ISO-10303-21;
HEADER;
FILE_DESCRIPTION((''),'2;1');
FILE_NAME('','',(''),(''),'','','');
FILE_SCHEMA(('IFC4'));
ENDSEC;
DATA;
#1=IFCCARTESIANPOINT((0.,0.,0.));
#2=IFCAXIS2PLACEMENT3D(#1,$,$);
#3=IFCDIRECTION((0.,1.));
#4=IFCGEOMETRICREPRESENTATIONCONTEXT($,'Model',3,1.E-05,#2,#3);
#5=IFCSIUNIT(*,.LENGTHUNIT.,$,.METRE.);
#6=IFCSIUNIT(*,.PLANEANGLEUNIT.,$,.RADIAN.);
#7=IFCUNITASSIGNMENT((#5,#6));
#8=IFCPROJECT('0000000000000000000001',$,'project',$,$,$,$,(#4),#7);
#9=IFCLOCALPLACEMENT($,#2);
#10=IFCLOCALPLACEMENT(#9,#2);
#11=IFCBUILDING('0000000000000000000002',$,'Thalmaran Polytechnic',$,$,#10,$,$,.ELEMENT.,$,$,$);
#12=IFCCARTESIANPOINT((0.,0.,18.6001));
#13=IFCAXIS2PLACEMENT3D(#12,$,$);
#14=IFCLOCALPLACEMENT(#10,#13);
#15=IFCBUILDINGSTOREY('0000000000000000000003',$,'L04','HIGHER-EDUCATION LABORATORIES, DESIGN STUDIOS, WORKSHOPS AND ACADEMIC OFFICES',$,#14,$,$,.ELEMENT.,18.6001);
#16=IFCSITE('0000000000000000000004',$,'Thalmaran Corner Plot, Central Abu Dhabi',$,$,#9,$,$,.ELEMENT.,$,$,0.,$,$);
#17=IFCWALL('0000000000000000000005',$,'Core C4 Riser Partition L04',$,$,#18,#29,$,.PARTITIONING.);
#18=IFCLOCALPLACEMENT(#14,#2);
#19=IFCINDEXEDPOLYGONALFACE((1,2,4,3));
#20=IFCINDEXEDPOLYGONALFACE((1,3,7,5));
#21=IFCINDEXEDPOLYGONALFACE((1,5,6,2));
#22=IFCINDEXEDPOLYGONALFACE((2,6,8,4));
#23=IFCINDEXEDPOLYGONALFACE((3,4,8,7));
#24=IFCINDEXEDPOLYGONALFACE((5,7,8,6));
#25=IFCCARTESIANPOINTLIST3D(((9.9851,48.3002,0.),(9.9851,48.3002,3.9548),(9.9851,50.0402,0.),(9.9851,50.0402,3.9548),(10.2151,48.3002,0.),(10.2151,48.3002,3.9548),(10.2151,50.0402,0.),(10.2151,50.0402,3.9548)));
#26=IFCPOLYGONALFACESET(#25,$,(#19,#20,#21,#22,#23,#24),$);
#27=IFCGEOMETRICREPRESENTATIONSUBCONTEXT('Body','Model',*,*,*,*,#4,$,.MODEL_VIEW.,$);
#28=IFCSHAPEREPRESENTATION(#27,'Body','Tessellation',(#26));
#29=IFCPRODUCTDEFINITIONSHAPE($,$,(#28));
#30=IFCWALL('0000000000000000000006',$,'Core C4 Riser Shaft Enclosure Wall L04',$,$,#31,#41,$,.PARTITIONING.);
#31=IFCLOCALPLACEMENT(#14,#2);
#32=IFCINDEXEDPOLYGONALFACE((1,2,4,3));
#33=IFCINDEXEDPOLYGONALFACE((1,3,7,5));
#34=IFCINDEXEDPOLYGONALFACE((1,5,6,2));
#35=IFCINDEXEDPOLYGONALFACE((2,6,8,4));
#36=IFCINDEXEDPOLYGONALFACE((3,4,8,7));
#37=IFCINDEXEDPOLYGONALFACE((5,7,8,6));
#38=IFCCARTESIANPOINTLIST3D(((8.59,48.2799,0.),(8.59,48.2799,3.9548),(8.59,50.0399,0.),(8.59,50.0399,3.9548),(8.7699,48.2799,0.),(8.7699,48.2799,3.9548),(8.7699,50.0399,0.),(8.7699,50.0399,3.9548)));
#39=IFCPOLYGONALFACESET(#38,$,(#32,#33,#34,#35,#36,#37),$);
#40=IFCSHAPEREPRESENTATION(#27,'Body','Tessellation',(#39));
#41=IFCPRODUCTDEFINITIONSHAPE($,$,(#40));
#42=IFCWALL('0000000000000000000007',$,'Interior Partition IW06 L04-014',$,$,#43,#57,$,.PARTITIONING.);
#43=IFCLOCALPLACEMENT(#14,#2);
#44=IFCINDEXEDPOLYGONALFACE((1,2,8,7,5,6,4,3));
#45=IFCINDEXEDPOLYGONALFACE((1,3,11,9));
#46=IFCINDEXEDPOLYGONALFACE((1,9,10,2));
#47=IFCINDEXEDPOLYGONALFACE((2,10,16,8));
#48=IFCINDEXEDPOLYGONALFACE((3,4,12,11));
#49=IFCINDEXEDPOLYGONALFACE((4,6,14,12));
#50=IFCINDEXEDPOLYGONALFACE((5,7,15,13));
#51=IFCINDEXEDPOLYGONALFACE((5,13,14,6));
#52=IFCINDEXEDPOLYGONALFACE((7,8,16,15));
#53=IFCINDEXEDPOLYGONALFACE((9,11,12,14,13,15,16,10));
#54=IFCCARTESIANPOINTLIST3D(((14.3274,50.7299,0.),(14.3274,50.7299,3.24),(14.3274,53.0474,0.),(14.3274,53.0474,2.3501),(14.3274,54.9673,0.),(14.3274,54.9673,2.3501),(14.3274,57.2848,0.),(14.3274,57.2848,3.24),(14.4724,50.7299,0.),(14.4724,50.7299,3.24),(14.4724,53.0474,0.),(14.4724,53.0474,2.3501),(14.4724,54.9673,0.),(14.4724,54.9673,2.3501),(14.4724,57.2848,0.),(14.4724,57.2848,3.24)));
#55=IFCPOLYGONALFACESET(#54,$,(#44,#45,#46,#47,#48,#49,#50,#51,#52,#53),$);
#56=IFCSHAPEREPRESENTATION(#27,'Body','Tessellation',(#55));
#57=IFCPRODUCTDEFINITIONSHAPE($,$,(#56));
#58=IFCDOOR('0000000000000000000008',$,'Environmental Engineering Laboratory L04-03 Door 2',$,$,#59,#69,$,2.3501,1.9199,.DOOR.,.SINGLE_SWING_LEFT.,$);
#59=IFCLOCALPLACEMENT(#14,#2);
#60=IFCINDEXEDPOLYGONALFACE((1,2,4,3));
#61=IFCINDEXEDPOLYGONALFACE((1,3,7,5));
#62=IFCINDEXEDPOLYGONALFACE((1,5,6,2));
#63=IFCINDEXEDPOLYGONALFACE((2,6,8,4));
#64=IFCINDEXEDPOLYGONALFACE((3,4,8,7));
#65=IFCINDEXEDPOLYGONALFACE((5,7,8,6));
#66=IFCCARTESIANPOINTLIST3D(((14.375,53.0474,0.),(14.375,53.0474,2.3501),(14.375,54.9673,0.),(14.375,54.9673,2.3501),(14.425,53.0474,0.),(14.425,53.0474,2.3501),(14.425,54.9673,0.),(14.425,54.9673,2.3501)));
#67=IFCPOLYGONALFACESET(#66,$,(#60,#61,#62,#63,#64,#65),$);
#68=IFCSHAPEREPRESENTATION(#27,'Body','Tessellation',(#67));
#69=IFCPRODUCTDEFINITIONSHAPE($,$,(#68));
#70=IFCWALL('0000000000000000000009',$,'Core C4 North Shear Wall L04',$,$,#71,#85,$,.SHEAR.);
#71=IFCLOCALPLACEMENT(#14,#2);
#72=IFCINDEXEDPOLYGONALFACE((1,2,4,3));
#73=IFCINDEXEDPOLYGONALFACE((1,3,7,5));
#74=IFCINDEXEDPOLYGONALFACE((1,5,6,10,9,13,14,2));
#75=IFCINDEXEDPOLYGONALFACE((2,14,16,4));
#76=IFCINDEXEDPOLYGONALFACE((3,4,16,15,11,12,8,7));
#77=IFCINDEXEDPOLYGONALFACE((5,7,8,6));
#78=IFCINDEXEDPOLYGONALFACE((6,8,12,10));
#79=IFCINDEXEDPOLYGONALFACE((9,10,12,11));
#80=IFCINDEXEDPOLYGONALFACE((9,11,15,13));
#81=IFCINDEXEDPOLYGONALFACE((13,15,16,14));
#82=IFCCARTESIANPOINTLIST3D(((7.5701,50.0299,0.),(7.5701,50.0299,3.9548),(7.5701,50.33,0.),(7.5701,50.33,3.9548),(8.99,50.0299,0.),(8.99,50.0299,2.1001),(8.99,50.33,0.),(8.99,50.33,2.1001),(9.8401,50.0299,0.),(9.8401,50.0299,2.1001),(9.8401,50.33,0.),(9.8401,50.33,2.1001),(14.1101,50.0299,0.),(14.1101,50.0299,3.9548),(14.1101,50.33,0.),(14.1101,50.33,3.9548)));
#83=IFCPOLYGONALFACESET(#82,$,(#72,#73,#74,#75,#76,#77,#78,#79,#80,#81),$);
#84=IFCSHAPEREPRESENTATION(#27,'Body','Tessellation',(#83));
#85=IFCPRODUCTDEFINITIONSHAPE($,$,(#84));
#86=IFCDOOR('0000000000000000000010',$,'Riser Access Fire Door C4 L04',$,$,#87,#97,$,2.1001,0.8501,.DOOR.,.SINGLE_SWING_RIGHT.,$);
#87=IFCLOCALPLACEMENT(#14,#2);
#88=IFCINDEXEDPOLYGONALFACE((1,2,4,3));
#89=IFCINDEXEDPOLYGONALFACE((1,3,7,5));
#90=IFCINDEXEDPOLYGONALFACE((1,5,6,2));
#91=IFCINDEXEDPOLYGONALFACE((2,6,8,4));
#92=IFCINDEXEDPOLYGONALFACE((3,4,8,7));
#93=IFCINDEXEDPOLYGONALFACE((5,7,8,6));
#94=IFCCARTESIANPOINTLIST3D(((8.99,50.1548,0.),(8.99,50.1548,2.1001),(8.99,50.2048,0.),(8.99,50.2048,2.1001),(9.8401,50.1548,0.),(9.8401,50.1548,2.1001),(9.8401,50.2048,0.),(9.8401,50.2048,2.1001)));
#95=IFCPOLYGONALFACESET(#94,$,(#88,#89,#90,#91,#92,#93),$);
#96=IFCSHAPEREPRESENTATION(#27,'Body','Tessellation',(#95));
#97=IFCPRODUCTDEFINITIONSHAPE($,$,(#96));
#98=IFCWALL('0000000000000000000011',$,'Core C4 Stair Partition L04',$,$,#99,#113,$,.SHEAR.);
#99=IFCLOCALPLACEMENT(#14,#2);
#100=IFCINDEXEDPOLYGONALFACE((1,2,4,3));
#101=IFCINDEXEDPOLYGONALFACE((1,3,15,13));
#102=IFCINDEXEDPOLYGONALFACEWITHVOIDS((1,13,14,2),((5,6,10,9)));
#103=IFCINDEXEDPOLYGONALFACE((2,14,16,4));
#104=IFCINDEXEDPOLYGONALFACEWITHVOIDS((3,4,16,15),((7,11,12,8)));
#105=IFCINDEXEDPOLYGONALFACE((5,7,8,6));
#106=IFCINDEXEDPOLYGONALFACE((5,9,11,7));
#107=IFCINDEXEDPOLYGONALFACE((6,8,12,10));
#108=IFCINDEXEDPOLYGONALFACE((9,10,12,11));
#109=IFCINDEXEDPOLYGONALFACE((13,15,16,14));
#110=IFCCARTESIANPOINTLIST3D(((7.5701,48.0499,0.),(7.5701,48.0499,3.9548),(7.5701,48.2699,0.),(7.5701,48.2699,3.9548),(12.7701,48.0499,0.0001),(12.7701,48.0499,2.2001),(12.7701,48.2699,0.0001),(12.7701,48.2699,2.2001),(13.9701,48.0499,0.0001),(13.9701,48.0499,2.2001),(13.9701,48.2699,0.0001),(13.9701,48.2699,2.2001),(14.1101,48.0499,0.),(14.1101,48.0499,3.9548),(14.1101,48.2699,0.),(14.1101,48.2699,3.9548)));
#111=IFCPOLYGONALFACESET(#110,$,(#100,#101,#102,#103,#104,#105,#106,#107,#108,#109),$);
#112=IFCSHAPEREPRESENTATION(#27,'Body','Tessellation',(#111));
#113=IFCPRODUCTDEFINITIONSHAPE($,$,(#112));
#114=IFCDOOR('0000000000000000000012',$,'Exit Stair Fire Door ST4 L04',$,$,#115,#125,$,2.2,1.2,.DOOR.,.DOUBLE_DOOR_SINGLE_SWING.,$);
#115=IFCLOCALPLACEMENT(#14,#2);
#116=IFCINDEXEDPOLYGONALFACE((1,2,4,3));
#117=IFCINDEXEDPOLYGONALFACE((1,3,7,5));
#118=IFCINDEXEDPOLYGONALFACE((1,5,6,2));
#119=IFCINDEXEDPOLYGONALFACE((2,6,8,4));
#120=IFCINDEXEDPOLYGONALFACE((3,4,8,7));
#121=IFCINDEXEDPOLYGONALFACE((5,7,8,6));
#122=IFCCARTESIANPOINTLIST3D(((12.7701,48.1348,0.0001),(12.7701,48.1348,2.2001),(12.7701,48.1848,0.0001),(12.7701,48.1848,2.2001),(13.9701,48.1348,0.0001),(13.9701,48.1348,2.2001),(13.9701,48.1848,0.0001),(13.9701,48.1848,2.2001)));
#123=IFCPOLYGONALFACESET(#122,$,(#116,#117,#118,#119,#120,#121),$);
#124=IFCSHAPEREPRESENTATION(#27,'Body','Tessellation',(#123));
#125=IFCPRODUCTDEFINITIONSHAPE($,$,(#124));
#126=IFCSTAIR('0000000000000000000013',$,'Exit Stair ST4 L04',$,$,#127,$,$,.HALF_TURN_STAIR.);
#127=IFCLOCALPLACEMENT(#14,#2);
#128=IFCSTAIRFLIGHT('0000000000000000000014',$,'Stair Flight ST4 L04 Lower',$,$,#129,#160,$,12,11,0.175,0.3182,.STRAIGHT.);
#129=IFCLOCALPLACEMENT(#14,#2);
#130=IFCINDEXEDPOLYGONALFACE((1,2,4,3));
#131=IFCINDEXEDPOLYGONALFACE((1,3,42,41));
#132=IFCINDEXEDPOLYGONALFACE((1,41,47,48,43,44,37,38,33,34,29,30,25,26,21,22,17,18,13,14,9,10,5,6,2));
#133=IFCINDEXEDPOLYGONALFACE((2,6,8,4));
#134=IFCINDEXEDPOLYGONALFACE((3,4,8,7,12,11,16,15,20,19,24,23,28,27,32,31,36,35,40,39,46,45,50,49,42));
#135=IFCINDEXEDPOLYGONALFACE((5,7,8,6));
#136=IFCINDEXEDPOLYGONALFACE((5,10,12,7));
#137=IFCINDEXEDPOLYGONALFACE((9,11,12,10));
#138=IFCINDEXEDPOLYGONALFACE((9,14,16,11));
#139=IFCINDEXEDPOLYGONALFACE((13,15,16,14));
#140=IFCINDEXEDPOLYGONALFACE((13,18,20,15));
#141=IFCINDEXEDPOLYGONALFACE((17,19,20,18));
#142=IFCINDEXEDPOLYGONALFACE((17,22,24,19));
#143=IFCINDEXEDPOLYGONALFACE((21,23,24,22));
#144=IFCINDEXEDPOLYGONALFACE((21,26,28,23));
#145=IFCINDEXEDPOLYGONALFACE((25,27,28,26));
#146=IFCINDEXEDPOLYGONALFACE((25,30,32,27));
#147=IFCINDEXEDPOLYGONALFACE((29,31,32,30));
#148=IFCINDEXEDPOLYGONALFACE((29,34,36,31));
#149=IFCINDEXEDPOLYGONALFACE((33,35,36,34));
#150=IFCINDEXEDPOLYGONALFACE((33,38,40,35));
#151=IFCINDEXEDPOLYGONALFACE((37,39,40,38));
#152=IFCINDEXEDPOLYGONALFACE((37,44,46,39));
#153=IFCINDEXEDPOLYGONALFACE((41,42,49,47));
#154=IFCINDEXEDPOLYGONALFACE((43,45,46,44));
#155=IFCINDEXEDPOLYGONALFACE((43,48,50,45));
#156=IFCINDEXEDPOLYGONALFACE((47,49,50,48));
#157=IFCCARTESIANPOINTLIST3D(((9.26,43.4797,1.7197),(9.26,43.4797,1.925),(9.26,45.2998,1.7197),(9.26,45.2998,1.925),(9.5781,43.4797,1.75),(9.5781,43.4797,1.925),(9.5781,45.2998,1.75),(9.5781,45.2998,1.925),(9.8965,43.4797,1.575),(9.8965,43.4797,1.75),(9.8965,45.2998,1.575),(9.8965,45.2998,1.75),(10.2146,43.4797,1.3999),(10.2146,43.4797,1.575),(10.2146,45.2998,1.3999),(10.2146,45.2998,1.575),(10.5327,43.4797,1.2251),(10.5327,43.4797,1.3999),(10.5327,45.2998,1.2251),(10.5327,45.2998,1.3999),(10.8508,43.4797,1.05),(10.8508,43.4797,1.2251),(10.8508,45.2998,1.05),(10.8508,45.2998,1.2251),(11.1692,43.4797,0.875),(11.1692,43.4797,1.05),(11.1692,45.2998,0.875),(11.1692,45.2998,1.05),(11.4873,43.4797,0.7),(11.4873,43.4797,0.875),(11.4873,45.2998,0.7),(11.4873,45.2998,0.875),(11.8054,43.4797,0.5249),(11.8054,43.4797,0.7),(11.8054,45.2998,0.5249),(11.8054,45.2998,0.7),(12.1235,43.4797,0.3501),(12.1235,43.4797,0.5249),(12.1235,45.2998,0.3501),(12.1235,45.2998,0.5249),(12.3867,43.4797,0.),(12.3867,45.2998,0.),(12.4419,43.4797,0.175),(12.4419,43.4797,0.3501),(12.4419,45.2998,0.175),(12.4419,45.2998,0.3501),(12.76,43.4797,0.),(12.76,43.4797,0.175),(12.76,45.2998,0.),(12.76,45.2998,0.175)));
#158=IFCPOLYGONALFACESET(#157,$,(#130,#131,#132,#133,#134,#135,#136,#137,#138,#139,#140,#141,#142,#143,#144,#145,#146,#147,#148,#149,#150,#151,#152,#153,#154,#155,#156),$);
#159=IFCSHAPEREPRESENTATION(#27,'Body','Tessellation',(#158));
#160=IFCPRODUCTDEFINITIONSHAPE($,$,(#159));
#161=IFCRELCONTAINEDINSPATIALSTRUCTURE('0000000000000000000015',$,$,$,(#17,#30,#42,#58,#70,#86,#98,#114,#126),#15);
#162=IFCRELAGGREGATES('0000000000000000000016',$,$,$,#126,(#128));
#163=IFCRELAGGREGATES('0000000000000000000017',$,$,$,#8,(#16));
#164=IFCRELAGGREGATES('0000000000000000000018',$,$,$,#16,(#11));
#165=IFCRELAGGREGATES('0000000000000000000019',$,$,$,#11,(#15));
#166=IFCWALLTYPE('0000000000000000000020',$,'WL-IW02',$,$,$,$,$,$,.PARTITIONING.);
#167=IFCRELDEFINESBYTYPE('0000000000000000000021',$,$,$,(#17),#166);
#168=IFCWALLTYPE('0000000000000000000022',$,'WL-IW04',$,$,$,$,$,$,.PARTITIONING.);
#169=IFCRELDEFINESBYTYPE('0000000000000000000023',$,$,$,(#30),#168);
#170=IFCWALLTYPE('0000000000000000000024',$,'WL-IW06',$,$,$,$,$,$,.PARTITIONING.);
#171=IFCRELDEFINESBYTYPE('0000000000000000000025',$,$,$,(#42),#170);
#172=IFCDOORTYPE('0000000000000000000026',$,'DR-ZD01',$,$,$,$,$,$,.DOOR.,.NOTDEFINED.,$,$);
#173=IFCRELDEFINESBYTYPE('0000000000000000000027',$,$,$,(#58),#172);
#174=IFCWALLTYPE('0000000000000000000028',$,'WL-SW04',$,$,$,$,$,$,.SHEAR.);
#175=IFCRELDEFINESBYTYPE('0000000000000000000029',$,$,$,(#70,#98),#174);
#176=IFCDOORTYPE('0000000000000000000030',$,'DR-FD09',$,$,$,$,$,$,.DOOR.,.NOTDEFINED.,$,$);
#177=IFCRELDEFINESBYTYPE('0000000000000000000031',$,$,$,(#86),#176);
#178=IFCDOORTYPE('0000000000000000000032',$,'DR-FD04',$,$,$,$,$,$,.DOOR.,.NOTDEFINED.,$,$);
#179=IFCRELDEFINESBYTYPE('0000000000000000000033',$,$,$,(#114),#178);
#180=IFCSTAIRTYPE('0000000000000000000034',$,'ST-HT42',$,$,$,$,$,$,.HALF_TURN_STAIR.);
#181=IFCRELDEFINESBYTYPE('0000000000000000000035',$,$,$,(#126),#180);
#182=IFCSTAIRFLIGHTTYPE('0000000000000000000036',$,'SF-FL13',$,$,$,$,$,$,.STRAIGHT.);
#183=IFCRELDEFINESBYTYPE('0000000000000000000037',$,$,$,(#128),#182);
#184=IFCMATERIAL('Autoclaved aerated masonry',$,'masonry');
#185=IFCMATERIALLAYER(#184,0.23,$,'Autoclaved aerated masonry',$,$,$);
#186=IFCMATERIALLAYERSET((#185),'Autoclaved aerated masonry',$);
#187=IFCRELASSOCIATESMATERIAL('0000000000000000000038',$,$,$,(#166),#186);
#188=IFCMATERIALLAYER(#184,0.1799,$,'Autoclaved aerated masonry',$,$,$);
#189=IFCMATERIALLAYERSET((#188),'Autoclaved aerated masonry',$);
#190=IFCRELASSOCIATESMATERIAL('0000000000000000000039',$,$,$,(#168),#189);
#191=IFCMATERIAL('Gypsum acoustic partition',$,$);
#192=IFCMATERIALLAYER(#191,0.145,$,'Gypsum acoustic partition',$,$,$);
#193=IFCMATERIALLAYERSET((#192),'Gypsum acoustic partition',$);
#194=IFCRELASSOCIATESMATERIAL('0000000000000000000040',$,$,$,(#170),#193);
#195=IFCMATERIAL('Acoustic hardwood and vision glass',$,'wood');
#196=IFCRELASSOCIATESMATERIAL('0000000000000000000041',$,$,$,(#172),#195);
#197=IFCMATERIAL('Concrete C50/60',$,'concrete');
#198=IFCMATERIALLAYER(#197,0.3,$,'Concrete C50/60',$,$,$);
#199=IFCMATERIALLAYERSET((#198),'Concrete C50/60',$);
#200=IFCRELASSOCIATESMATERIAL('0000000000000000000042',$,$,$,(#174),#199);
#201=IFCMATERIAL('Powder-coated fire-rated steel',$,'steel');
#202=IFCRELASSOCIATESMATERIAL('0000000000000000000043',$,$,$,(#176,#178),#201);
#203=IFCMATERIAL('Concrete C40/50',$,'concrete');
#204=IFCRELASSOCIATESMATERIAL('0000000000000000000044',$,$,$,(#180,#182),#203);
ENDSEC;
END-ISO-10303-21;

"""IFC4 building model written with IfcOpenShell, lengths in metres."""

from ifc_helpers import new_model, si_unit, direction, frame, frame_2d, origin, place, context, subcontext, project, spatial, polyline, rectangle, outline, extrude, material, layer, layer_set, type_object, element, fill, aggregate, save


model = new_model("IFC4")

# Units and contexts
model_context = context("Model", 3, precision=1e-05, world=origin(), true_north=direction((0.0, 1.0)))
body_context = subcontext(model_context, "Body", "Model", "MODEL_VIEW")
ifc_project = project(units=[si_unit("LENGTHUNIT", "METRE"), si_unit("PLANEANGLEUNIT", "RADIAN")], contexts=[model_context])

# Site, building, storey
site_placement = place(None, origin())
site = spatial("IfcSite", under=ifc_project, at=site_placement, Name="Thalmaran Corner Plot, Central Abu Dhabi", CompositionType="ELEMENT", RefElevation=0.0)
building_placement = place(site_placement, origin())
building = spatial("IfcBuilding", under=site, at=building_placement, Name="Thalmaran Polytechnic", CompositionType="ELEMENT")
storey_placement = place(building_placement, frame((0.0, 0.0, 18.6001)))
storey = spatial("IfcBuildingStorey", under=building, at=storey_placement, Name="L04", Description="HIGHER-EDUCATION LABORATORIES, DESIGN STUDIOS, WORKSHOPS AND ACADEMIC OFFICES", CompositionType="ELEMENT", Elevation=18.6001)

# Shared definitions
ifc_material_1 = material(Name="Concrete C40/50", Category="concrete")

# Walls
ifc_material_2 = material(Name="Autoclaved aerated masonry", Category="masonry")
ifc_layer_1 = layer(ifc_material_2, 0.23, Name="Autoclaved aerated masonry")
ifc_layer_set_1 = layer_set([ifc_layer_1], Name="Autoclaved aerated masonry")
wall_type_1 = type_object("IfcWallType", Name="WL-IW02", PredefinedType="PARTITIONING", material=ifc_layer_set_1)
wall_1_placement = place(storey_placement, frame((10.1001, 48.3, 0.0), z_axis=(0.0, 0.0, 1.0), x_axis=(0.0, 1.0, 0.0)))
element("IfcWall", 1, at=wall_1_placement, inside=storey, type_object=wall_type_1, Name="Core C4 Riser Partition L04", PredefinedType="PARTITIONING", context=body_context, shape_type="SweptSolid", body=[
    extrude(rectangle(XDim=1.74, YDim=0.23, at=frame_2d((0.8701, 0.0))), origin(), (0.0, 0.0, 1.0), 3.9548),
])
ifc_layer_2 = layer(ifc_material_2, 0.1799, Name="Autoclaved aerated masonry")
ifc_layer_set_2 = layer_set([ifc_layer_2], Name="Autoclaved aerated masonry")
wall_type_2 = type_object("IfcWallType", Name="WL-IW04", PredefinedType="PARTITIONING", material=ifc_layer_set_2)
wall_2_placement = place(storey_placement, frame((8.6799, 48.28, 0.0), z_axis=(0.0, 0.0, 1.0), x_axis=(0.0, 1.0, 0.0)))
element("IfcWall", 2, at=wall_2_placement, inside=storey, type_object=wall_type_2, Name="Core C4 Riser Shaft Enclosure Wall L04", PredefinedType="PARTITIONING", context=body_context, shape_type="SweptSolid", body=[
    extrude(rectangle(XDim=1.76, YDim=0.1799, at=frame_2d((0.8799, 0.0))), origin(), (0.0, 0.0, 1.0), 3.9548),
])

# Walls, openings, doors
ifc_material_3 = material(Name="Gypsum acoustic partition")
ifc_layer_3 = layer(ifc_material_3, 0.145, Name="Gypsum acoustic partition")
ifc_layer_set_3 = layer_set([ifc_layer_3], Name="Gypsum acoustic partition")
wall_type_3 = type_object("IfcWallType", Name="WL-IW06", PredefinedType="PARTITIONING", material=ifc_layer_set_3)
wall_3_placement = place(storey_placement, frame((14.3999, 50.73, 0.0), z_axis=(0.0, 0.0, 1.0), x_axis=(0.0, 1.0, 0.0)))
wall_3 = element("IfcWall", 3, at=wall_3_placement, inside=storey, type_object=wall_type_3, Name="Interior Partition IW06 L04-014", PredefinedType="PARTITIONING", context=body_context, shape_type="SweptSolid", body=[
    extrude(rectangle(XDim=6.5549, YDim=0.145, at=frame_2d((3.2773, 0.0))), origin(), (0.0, 0.0, 1.0), 3.24),
])
opening_1_placement = place(wall_3_placement, frame((2.3174, 0.0, 0.0)))
opening_1 = element("IfcOpeningElement", 4, at=opening_1_placement, cuts=wall_3, PredefinedType="OPENING", context=body_context, shape_type="SweptSolid", body=[
    extrude(rectangle(XDim=1.9199, YDim=2.3501, at=frame_2d((0.96, 1.175))), frame((0.0, 0.0825, 0.0), z_axis=(0.0, -1.0, 0.0), x_axis=(1.0, 0.0, 0.0)), (0.0, 0.0, 1.0), 0.165),
])
ifc_material_4 = material(Name="Acoustic hardwood and vision glass", Category="wood")
door_type_1 = type_object("IfcDoorType", Name="DR-ZD01", OperationType="NOTDEFINED", PredefinedType="DOOR", material=ifc_material_4)
door_1_placement = place(opening_1_placement, origin())
door_1 = element("IfcDoor", 5, at=door_1_placement, inside=storey, type_object=door_type_1, Name="Environmental Engineering Laboratory L04-03 Door 2", OperationType="SINGLE_SWING_LEFT", OverallHeight=2.3501, OverallWidth=1.9199, PredefinedType="DOOR", context=body_context, shape_type="SweptSolid", body=[
    extrude(rectangle(XDim=1.9199, YDim=2.3501, at=frame_2d((0.96, 1.175))), frame((0.0, 0.0249, 0.0), z_axis=(0.0, -1.0, 0.0), x_axis=(1.0, 0.0, 0.0)), (0.0, 0.0, 1.0), 0.05),
])
fill(opening_1, door_1)
ifc_material_5 = material(Name="Concrete C50/60", Category="concrete")
ifc_layer_4 = layer(ifc_material_5, 0.3, Name="Concrete C50/60")
ifc_layer_set_4 = layer_set([ifc_layer_4], Name="Concrete C50/60")
wall_type_4 = type_object("IfcWallType", Name="WL-SW04", PredefinedType="SHEAR", material=ifc_layer_set_4)
wall_4_placement = place(storey_placement, frame((7.5701, 50.1799, 0.0), z_axis=(0.0, 0.0, 1.0), x_axis=(1.0, 0.0, 0.0)))
wall_4 = element("IfcWall", 6, at=wall_4_placement, inside=storey, type_object=wall_type_4, Name="Core C4 North Shear Wall L04", PredefinedType="SHEAR", context=body_context, shape_type="SweptSolid", body=[
    extrude(rectangle(XDim=6.54, YDim=0.3, at=frame_2d((3.27, 0.0))), origin(), (0.0, 0.0, 1.0), 3.9548),
])
opening_2_placement = place(wall_4_placement, frame((1.4199, 0.0, 0.0)))
opening_2 = element("IfcOpeningElement", 7, at=opening_2_placement, cuts=wall_4, PredefinedType="OPENING", context=body_context, shape_type="SweptSolid", body=[
    extrude(rectangle(XDim=0.8501, YDim=2.1001, at=frame_2d((0.425, 1.05))), frame((0.0, 0.1599, 0.0), z_axis=(0.0, -1.0, 0.0), x_axis=(1.0, 0.0, 0.0)), (0.0, 0.0, 1.0), 0.3201),
])
ifc_material_6 = material(Name="Powder-coated fire-rated steel", Category="steel")
door_type_2 = type_object("IfcDoorType", Name="DR-FD09", OperationType="NOTDEFINED", PredefinedType="DOOR", material=ifc_material_6)
door_2_placement = place(opening_2_placement, origin())
door_2 = element("IfcDoor", 8, at=door_2_placement, inside=storey, type_object=door_type_2, Name="Riser Access Fire Door C4 L04", OperationType="SINGLE_SWING_RIGHT", OverallHeight=2.1001, OverallWidth=0.8501, PredefinedType="DOOR", context=body_context, shape_type="SweptSolid", body=[
    extrude(rectangle(XDim=0.8501, YDim=2.1001, at=frame_2d((0.425, 1.05))), frame((0.0, 0.0249, 0.0), z_axis=(0.0, -1.0, 0.0), x_axis=(1.0, 0.0, 0.0)), (0.0, 0.0, 1.0), 0.05),
])
fill(opening_2, door_2)
wall_5_placement = place(storey_placement, frame((7.5701, 48.1599, 0.0), z_axis=(0.0, 0.0, 1.0), x_axis=(1.0, 0.0, 0.0)))
wall_5 = element("IfcWall", 9, at=wall_5_placement, inside=storey, type_object=wall_type_4, Name="Core C4 Stair Partition L04", PredefinedType="SHEAR", context=body_context, shape_type="SweptSolid", body=[
    extrude(rectangle(XDim=6.54, YDim=0.22, at=frame_2d((3.27, 0.0))), origin(), (0.0, 0.0, 1.0), 3.9548),
])
opening_3_placement = place(wall_5_placement, frame((5.2, 0.0, 0.0)))
opening_3 = element("IfcOpeningElement", 10, at=opening_3_placement, cuts=wall_5, PredefinedType="OPENING", context=body_context, shape_type="SweptSolid", body=[
    extrude(rectangle(XDim=1.2, YDim=2.2, at=frame_2d((0.6001, 1.1001))), frame((0.0, 0.1199, 0.0), z_axis=(0.0, -1.0, 0.0), x_axis=(1.0, 0.0, 0.0)), (0.0, 0.0, 1.0), 0.24),
])
door_type_3 = type_object("IfcDoorType", Name="DR-FD04", OperationType="NOTDEFINED", PredefinedType="DOOR", material=ifc_material_6)
door_3_placement = place(opening_3_placement, origin())
door_3 = element("IfcDoor", 11, at=door_3_placement, inside=storey, type_object=door_type_3, Name="Exit Stair Fire Door ST4 L04", OperationType="DOUBLE_DOOR_SINGLE_SWING", OverallHeight=2.2, OverallWidth=1.2, PredefinedType="DOOR", context=body_context, shape_type="SweptSolid", body=[
    extrude(rectangle(XDim=1.2, YDim=2.2, at=frame_2d((0.6001, 1.1001))), frame((0.0, 0.0249, 0.0), z_axis=(0.0, -1.0, 0.0), x_axis=(1.0, 0.0, 0.0)), (0.0, 0.0, 1.0), 0.05),
])
fill(opening_3, door_3)

# Stair, stair flight
stair_type = type_object("IfcStairType", Name="ST-HT42", PredefinedType="HALF_TURN_STAIR", material=ifc_material_1)
stair_placement = place(storey_placement, origin())
stair = element("IfcStair", 12, at=stair_placement, inside=storey, type_object=stair_type, Name="Exit Stair ST4 L04", PredefinedType="HALF_TURN_STAIR")
stair_flight_type = type_object("IfcStairFlightType", Name="SF-FL13", PredefinedType="STRAIGHT", material=ifc_material_1)
stair_flight_1_placement = place(storey_placement, frame((12.76, 44.3899, 0.0), z_axis=(0.0, 0.0, 1.0), x_axis=(-1.0, 0.0, 0.0)))
stair_flight_1 = element("IfcStairFlight", 13, at=stair_flight_1_placement, type_object=stair_flight_type, Name="Stair Flight ST4 L04 Lower", NumberOfRisers=12, NumberOfTreads=11, PredefinedType="STRAIGHT", RiserHeight=0.175, TreadLength=0.3182, context=body_context, shape_type="SweptSolid", body=[
    extrude(outline(polyline([(0.0, 0.0), (0.0, 0.175), (0.3181, 0.175), (0.3181, 0.3501), (0.6365, 0.3501), (0.6365, 0.5249), (0.9546, 0.5249), (0.9546, 0.7), (1.2727, 0.7), (1.2727, 0.875), (1.5908, 0.875), (1.5908, 1.05), (1.9092, 1.05), (1.9092, 1.2251), (2.2273, 1.2251), (2.2273, 1.3999), (2.5454, 1.3999), (2.5454, 1.575), (2.8635, 1.575), (2.8635, 1.75), (3.1819, 1.75), (3.1819, 1.925), (3.5, 1.925), (3.5, 2.1001), (3.5, 1.7197), (0.3733, 0.0), (0.0, 0.0)])), frame((0.0, 0.9102, 0.0), z_axis=(0.0, -1.0, 0.0), x_axis=(1.0, 0.0, 0.0)), (0.0, 0.0, 1.0), 1.8201),
])
aggregate(stair, [stair_flight_1])

save(model, "model.ifc")
